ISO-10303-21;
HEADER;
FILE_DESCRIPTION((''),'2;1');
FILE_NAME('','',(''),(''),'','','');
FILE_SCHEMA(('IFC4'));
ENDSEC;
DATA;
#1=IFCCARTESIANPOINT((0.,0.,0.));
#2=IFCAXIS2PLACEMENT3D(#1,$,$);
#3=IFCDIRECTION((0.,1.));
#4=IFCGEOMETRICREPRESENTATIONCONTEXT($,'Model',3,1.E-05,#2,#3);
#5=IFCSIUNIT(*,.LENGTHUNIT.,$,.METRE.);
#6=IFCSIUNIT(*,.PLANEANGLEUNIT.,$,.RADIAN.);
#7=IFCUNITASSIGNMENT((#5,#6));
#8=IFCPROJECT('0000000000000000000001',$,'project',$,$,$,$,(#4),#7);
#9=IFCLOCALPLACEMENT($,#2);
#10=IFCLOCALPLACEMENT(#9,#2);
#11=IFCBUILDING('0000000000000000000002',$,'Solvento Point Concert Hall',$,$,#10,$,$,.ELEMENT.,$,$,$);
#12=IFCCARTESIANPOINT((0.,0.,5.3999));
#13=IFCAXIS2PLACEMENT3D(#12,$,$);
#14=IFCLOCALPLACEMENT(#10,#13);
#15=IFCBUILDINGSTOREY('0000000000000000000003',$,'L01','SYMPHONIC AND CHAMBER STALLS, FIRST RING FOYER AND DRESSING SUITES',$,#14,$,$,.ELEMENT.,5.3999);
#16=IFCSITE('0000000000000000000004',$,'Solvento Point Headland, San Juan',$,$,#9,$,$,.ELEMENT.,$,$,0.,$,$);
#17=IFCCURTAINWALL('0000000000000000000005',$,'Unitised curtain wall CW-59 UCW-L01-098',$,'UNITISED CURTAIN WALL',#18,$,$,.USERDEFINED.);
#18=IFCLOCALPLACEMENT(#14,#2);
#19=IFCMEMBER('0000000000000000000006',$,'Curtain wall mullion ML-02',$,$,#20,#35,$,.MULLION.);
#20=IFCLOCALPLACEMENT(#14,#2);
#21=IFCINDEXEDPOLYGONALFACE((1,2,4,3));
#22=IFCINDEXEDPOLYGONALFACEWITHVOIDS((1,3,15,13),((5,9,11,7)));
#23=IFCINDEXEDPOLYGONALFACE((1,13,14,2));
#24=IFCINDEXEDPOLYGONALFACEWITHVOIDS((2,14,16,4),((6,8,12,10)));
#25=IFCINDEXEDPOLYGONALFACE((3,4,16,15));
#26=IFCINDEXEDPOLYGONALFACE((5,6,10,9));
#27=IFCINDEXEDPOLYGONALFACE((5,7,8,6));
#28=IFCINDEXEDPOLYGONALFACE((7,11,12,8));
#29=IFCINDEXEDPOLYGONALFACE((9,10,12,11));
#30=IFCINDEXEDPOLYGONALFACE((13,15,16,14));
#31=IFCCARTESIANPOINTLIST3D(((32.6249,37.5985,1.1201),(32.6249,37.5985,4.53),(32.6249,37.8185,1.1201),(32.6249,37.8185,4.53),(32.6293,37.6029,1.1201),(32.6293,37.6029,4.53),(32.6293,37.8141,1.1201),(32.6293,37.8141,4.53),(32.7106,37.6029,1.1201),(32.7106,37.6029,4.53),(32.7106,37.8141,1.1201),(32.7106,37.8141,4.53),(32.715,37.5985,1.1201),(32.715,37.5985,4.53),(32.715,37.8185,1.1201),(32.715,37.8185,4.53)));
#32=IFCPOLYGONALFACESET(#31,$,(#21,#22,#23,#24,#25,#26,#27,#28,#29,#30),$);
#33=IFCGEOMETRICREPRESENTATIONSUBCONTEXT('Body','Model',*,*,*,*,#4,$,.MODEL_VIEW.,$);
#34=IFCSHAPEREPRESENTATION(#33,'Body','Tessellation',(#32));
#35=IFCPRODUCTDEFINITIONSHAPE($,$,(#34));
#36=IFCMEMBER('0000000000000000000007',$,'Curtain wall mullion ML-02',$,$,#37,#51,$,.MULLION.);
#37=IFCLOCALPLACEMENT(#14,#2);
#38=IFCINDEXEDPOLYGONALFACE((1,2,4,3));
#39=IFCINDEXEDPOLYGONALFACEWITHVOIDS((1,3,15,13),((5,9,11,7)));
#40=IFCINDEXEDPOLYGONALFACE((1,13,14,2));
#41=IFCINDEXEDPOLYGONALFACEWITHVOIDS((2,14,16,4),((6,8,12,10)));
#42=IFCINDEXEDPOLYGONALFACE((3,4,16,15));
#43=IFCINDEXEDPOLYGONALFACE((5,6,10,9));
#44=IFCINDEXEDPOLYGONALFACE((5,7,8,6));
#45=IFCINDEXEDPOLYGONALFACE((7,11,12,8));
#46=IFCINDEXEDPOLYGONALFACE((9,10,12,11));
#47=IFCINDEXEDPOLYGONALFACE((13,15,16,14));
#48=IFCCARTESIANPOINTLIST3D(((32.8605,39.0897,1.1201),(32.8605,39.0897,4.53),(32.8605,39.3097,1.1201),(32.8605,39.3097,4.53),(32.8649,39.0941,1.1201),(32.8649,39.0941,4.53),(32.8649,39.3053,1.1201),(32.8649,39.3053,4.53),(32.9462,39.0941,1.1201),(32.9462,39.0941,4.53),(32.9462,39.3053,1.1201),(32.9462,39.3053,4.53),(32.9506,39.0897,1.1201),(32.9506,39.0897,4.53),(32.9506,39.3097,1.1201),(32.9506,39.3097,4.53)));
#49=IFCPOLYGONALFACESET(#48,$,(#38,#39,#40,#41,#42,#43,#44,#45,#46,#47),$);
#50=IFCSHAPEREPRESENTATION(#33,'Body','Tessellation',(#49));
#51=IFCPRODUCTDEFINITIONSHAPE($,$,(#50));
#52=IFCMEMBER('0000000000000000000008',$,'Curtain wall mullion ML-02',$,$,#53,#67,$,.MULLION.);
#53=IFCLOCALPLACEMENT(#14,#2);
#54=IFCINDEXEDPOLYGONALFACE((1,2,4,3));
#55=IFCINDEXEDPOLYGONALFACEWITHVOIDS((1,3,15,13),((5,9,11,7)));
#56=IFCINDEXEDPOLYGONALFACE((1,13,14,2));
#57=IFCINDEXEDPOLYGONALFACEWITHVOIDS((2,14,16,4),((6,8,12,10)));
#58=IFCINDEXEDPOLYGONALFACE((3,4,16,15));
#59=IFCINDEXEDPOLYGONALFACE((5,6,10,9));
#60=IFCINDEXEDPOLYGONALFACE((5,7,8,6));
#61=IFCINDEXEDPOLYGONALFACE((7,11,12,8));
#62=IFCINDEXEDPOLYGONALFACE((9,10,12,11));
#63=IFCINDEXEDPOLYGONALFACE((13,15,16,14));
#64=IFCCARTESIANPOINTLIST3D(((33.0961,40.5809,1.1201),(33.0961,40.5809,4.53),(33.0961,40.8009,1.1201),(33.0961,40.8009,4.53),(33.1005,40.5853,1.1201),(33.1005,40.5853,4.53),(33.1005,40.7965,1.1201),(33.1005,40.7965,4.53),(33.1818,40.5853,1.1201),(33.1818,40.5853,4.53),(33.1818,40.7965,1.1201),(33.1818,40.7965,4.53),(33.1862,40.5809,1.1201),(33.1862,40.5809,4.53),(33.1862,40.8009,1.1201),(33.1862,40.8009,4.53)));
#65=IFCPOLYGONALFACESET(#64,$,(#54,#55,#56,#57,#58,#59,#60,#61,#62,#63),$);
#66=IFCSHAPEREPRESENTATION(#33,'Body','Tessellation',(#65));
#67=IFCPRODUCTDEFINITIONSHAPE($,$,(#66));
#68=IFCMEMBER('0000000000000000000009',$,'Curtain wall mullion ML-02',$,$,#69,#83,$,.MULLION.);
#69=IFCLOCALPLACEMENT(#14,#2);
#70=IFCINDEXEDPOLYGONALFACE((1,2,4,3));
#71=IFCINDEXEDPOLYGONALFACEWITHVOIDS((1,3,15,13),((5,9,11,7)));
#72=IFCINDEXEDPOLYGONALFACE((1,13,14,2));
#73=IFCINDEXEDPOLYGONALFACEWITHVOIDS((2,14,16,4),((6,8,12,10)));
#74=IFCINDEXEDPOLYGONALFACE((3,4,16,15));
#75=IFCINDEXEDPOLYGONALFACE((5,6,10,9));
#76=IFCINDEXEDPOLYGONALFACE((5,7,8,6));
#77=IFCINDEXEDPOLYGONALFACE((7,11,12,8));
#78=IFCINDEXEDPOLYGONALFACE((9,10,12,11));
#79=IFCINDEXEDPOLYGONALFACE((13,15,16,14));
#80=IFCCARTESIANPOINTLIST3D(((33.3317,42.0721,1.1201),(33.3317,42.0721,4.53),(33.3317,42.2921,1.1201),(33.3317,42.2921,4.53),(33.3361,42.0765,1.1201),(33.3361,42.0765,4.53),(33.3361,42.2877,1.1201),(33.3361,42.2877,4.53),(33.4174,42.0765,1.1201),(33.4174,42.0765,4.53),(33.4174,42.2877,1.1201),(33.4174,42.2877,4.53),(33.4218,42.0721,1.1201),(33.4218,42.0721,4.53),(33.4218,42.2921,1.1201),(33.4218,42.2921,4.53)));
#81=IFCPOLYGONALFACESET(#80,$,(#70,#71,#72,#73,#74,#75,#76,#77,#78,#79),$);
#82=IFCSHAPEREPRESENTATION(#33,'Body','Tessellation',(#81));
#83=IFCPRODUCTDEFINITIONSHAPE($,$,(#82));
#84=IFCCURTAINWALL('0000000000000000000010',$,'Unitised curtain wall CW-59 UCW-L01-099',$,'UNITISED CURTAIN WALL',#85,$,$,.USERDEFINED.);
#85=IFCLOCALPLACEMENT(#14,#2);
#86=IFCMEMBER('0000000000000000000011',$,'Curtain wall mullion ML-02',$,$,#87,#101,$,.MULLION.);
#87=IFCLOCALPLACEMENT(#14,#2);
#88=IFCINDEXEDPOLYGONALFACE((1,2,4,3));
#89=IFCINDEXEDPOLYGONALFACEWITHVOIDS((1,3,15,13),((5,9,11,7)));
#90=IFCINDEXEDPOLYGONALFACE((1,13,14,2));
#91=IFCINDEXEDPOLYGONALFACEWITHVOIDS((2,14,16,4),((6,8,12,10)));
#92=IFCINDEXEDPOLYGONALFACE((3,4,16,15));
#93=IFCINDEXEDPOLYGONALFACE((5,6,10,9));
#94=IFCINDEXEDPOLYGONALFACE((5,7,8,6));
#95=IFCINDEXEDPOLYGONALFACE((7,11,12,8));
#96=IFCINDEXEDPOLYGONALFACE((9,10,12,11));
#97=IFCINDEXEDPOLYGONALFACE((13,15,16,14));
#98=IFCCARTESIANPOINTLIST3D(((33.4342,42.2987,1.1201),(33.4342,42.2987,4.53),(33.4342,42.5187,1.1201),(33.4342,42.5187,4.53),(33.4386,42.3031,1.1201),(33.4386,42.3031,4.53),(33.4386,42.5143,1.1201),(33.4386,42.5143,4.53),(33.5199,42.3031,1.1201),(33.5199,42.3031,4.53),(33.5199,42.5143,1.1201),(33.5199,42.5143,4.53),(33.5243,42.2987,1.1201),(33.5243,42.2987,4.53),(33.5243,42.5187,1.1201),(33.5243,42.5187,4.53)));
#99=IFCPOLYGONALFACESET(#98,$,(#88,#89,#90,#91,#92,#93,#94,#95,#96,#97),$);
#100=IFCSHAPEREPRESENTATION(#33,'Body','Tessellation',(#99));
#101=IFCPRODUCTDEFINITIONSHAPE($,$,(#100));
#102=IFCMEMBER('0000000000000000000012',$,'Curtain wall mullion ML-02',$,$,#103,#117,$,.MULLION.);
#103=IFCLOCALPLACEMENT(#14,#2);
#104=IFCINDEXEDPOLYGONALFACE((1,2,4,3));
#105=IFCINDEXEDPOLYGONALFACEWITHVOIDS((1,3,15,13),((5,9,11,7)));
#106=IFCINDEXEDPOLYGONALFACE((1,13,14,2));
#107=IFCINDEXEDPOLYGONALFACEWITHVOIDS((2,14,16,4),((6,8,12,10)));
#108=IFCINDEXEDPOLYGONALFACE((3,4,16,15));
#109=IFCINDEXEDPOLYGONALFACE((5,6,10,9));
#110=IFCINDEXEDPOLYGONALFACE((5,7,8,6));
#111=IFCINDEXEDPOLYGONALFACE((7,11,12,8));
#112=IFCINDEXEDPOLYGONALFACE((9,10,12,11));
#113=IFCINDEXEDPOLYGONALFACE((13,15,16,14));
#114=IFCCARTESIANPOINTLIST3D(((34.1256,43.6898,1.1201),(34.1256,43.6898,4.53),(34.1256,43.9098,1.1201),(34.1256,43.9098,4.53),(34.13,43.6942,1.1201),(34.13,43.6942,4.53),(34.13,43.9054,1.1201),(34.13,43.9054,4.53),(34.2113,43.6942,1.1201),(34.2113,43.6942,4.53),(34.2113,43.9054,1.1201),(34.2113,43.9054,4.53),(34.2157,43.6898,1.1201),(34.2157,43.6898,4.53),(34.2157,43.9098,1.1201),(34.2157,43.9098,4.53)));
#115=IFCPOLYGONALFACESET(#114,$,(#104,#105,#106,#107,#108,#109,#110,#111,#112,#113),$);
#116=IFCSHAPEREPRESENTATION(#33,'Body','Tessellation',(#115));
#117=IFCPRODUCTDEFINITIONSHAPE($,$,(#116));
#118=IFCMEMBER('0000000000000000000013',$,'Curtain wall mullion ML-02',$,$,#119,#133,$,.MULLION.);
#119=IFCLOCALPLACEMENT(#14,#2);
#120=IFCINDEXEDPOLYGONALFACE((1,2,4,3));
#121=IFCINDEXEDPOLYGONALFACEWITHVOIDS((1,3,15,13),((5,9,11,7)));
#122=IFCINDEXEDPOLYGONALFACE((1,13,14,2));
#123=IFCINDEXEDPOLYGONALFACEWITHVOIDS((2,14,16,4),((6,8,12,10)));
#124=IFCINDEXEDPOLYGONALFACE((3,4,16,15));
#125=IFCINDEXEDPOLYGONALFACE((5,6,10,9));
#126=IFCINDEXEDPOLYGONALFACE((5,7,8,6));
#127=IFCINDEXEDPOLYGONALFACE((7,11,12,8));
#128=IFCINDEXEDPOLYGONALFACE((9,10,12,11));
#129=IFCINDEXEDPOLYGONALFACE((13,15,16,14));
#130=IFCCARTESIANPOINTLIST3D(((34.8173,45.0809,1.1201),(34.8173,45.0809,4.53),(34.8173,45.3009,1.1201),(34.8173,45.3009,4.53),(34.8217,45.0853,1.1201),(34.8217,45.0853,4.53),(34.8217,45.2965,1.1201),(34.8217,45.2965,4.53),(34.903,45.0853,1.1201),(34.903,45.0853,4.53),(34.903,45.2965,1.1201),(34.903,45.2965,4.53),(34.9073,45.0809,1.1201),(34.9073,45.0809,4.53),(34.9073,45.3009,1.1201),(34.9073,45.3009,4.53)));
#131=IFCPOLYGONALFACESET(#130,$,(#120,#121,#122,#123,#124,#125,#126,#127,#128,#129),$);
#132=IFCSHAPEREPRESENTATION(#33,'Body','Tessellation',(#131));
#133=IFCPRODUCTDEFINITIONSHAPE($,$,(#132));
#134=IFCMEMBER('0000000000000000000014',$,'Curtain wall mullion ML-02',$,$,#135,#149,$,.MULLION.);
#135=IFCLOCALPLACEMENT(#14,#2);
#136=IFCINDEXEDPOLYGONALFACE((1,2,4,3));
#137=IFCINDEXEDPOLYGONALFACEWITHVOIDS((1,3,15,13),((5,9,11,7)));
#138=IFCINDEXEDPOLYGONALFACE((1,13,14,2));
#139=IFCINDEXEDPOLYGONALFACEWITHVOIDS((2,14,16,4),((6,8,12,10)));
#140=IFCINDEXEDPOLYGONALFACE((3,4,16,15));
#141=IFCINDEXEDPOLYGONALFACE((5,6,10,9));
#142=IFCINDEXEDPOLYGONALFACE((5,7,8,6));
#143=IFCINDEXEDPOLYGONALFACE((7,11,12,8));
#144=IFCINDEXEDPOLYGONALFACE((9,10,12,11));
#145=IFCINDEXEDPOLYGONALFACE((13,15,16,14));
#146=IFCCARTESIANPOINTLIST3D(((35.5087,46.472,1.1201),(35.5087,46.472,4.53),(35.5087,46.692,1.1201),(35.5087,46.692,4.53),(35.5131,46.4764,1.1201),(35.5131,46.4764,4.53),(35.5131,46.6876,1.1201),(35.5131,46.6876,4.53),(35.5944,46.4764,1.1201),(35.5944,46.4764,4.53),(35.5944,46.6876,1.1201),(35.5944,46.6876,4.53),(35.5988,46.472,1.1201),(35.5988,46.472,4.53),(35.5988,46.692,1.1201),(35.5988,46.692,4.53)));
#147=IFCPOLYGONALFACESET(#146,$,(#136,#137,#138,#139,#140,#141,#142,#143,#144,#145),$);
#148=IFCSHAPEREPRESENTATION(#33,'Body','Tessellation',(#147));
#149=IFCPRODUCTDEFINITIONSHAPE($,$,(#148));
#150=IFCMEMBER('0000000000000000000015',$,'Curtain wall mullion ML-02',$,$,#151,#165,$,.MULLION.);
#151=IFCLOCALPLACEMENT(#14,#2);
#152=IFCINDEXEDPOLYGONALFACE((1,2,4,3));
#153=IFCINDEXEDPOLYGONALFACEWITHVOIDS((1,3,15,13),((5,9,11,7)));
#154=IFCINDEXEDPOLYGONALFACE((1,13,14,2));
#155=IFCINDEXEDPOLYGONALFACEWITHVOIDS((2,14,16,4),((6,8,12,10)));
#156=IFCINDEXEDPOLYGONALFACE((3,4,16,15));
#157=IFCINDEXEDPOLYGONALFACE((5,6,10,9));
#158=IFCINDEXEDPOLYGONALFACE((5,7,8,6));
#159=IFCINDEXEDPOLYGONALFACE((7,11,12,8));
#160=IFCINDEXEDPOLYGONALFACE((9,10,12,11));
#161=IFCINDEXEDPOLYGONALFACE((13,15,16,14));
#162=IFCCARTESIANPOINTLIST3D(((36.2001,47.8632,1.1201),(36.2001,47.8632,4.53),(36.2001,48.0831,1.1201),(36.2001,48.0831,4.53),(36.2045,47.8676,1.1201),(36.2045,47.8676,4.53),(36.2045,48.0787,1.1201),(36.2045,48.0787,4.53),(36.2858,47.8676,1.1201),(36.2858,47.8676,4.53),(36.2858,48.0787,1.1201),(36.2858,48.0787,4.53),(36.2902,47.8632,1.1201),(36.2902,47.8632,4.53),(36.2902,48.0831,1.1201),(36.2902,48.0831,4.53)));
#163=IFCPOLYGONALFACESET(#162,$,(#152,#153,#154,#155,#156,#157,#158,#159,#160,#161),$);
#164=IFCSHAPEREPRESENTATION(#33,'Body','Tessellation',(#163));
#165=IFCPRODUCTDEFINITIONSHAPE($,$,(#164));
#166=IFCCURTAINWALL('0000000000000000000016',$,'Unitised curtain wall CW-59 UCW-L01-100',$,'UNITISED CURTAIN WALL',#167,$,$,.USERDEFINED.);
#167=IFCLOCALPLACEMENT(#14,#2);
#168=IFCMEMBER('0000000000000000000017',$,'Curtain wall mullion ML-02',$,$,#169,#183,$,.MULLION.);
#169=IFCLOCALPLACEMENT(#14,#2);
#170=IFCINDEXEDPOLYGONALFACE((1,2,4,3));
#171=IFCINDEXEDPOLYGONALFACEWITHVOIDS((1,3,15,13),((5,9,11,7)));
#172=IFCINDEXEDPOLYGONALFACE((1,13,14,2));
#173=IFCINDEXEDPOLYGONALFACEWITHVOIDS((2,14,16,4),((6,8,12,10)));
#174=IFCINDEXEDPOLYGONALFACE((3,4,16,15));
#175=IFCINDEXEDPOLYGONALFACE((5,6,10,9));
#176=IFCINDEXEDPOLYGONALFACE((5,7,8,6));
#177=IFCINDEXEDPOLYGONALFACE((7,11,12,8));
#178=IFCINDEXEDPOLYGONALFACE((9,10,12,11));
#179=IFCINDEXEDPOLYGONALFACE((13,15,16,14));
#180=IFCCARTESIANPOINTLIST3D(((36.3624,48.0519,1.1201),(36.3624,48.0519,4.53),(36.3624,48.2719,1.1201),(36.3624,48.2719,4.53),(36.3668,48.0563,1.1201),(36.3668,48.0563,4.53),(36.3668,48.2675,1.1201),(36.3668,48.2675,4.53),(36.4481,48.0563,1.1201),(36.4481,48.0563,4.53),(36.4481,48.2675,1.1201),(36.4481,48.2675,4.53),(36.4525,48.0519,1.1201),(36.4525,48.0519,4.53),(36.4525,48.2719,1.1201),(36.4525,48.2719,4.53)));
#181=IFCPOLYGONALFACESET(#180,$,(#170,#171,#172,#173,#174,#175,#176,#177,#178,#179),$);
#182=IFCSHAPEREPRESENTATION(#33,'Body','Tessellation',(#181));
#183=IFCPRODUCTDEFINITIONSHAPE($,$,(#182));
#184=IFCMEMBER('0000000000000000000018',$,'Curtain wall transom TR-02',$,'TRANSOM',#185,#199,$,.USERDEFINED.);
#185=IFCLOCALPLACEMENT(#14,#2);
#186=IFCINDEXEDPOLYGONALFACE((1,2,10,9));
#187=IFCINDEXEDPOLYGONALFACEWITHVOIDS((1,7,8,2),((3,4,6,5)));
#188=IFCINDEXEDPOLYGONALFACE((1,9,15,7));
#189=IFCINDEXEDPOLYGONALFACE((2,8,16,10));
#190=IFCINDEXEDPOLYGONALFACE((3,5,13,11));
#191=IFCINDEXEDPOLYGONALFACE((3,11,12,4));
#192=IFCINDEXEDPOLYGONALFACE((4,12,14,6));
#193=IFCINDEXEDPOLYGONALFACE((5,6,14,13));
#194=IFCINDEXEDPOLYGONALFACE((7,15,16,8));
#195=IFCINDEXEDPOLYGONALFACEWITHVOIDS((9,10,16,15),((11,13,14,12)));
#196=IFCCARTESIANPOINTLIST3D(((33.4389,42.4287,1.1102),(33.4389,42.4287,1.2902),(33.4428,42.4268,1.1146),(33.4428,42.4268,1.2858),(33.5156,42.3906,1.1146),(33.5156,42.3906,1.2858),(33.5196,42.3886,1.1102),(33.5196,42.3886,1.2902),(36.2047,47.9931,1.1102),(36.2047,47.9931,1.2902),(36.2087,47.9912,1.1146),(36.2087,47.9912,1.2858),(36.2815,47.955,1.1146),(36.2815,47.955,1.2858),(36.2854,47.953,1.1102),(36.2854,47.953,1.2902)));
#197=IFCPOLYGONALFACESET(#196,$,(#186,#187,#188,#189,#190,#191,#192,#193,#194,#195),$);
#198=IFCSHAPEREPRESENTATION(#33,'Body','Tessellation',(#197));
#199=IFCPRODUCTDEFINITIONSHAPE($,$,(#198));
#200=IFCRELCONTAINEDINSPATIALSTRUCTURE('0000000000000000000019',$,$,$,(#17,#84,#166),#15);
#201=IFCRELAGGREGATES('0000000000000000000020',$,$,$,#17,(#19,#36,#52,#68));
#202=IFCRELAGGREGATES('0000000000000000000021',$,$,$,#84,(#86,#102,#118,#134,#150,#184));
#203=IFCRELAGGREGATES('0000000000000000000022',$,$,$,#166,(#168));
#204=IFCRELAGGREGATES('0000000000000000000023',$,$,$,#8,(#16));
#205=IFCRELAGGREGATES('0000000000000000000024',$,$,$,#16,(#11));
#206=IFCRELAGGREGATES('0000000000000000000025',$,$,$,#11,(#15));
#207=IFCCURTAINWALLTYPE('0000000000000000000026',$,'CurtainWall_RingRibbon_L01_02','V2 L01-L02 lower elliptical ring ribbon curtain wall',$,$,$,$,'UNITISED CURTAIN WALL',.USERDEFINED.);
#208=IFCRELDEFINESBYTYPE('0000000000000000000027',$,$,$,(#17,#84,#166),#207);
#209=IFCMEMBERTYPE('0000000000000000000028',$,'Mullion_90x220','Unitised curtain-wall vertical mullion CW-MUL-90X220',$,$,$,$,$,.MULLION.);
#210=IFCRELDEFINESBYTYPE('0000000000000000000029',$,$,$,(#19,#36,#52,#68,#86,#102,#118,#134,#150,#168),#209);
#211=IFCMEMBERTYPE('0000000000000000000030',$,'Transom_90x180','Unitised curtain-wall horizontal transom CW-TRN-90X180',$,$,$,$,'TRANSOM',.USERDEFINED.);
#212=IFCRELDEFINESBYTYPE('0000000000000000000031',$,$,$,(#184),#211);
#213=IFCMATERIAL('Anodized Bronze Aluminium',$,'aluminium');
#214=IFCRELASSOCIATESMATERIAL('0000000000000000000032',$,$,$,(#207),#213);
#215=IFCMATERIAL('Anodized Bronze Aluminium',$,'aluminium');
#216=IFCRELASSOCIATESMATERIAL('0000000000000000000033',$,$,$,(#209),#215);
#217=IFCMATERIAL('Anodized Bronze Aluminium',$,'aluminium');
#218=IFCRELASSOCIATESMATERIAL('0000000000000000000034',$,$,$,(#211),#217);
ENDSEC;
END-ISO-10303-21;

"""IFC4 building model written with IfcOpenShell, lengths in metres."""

from ifc_helpers import new_model, si_unit, direction, frame, origin, origin_2d, place, context, subcontext, project, spatial, hollow_rectangle, extrude, material, material_profile, profile_set, type_object, element, aggregate, save


model = new_model("IFC4")

# Units and contexts
model_context = context("Model", 3, precision=1e-05, world=origin(), true_north=direction((0.0, 1.0)))
body_context = subcontext(model_context, "Body", "Model", "MODEL_VIEW")
ifc_project = project(units=[si_unit("LENGTHUNIT", "METRE"), si_unit("PLANEANGLEUNIT", "RADIAN")], contexts=[model_context])

# Site, building, storey
site_placement = place(None, origin())
site = spatial("IfcSite", under=ifc_project, at=site_placement, Name="Solvento Point Headland, San Juan", CompositionType="ELEMENT", RefElevation=0.0)
building_placement = place(site_placement, origin())
building = spatial("IfcBuilding", under=site, at=building_placement, Name="Solvento Point Concert Hall", CompositionType="ELEMENT")
storey_placement = place(building_placement, frame((0.0, 0.0, 5.3999)))
storey = spatial("IfcBuildingStorey", under=building, at=storey_placement, Name="L01", Description="SYMPHONIC AND CHAMBER STALLS, FIRST RING FOYER AND DRESSING SUITES", CompositionType="ELEMENT", Elevation=5.3999)

# Curtain walls, members
ifc_material_1 = material(Name="Anodized Bronze Aluminium", Category="aluminium")
curtain_wall_type = type_object("IfcCurtainWallType", Name="CurtainWall_RingRibbon_L01_02", Description="V2 L01-L02 lower elliptical ring ribbon curtain wall", ElementType="UNITISED CURTAIN WALL", PredefinedType="USERDEFINED", material=ifc_material_1)
curtain_wall_1_placement = place(storey_placement, origin())
curtain_wall_1 = element("IfcCurtainWall", 1, at=curtain_wall_1_placement, inside=storey, type_object=curtain_wall_type, Name="Unitised curtain wall CW-59 UCW-L01-098", ObjectType="UNITISED CURTAIN WALL", PredefinedType="USERDEFINED")
ifc_material_2 = material(Name="Anodized Bronze Aluminium", Category="aluminium")
ifc_material_profile_1 = material_profile(ifc_material_2, hollow_rectangle(XDim=0.0901, YDim=0.22, WallThickness=0.0044, at=origin_2d()), Name="CW-MUL-90X220")
ifc_profile_set_1 = profile_set([ifc_material_profile_1], Name="Anodized Bronze Aluminium")
member_type_1 = type_object("IfcMemberType", Name="Mullion_90x220", Description="Unitised curtain-wall vertical mullion CW-MUL-90X220", PredefinedType="MULLION", material=ifc_profile_set_1)
member_1_placement = place(storey_placement, frame((32.6699, 37.7085, 1.1201), z_axis=(0.0, 0.0, 1.0), x_axis=(1.0, 0.0, 0.0)))
member_1 = element("IfcMember", 2, at=member_1_placement, type_object=member_type_1, Name="Curtain wall mullion ML-02", PredefinedType="MULLION", context=body_context, shape_type="SweptSolid", body=[
    extrude(hollow_rectangle(XDim=0.0901, YDim=0.22, WallThickness=0.0044, at=origin_2d()), origin(), (0.0, 0.0, 1.0), 3.4099),
])
member_2_placement = place(storey_placement, frame((32.9055, 39.1997, 1.1201), z_axis=(0.0, 0.0, 1.0), x_axis=(1.0, 0.0, 0.0)))
member_2 = element("IfcMember", 3, at=member_2_placement, type_object=member_type_1, Name="Curtain wall mullion ML-02", PredefinedType="MULLION", context=body_context, shape_type="SweptSolid", body=[
    extrude(hollow_rectangle(XDim=0.0901, YDim=0.22, WallThickness=0.0044, at=origin_2d()), origin(), (0.0, 0.0, 1.0), 3.4099),
])
member_3_placement = place(storey_placement, frame((33.1411, 40.6909, 1.1201), z_axis=(0.0, 0.0, 1.0), x_axis=(1.0, 0.0, 0.0)))
member_3 = element("IfcMember", 4, at=member_3_placement, type_object=member_type_1, Name="Curtain wall mullion ML-02", PredefinedType="MULLION", context=body_context, shape_type="SweptSolid", body=[
    extrude(hollow_rectangle(XDim=0.0901, YDim=0.22, WallThickness=0.0044, at=origin_2d()), origin(), (0.0, 0.0, 1.0), 3.4099),
])
member_4_placement = place(storey_placement, frame((33.3767, 42.1821, 1.1201), z_axis=(0.0, 0.0, 1.0), x_axis=(1.0, 0.0, 0.0)))
member_4 = element("IfcMember", 5, at=member_4_placement, type_object=member_type_1, Name="Curtain wall mullion ML-02", PredefinedType="MULLION", context=body_context, shape_type="SweptSolid", body=[
    extrude(hollow_rectangle(XDim=0.0901, YDim=0.22, WallThickness=0.0044, at=origin_2d()), origin(), (0.0, 0.0, 1.0), 3.4099),
])
curtain_wall_2_placement = place(storey_placement, origin())
curtain_wall_2 = element("IfcCurtainWall", 6, at=curtain_wall_2_placement, inside=storey, type_object=curtain_wall_type, Name="Unitised curtain wall CW-59 UCW-L01-099", ObjectType="UNITISED CURTAIN WALL", PredefinedType="USERDEFINED")
member_5_placement = place(storey_placement, frame((33.4792, 42.4087, 1.1201), z_axis=(0.0, 0.0, 1.0), x_axis=(1.0, 0.0, 0.0)))
member_5 = element("IfcMember", 7, at=member_5_placement, type_object=member_type_1, Name="Curtain wall mullion ML-02", PredefinedType="MULLION", context=body_context, shape_type="SweptSolid", body=[
    extrude(hollow_rectangle(XDim=0.0901, YDim=0.22, WallThickness=0.0044, at=origin_2d()), origin(), (0.0, 0.0, 1.0), 3.4099),
])
member_6_placement = place(storey_placement, frame((34.1707, 43.7998, 1.1201), z_axis=(0.0, 0.0, 1.0), x_axis=(1.0, 0.0, 0.0)))
member_6 = element("IfcMember", 8, at=member_6_placement, type_object=member_type_1, Name="Curtain wall mullion ML-02", PredefinedType="MULLION", context=body_context, shape_type="SweptSolid", body=[
    extrude(hollow_rectangle(XDim=0.0901, YDim=0.22, WallThickness=0.0044, at=origin_2d()), origin(), (0.0, 0.0, 1.0), 3.4099),
])
member_7_placement = place(storey_placement, frame((34.8623, 45.1909, 1.1201), z_axis=(0.0, 0.0, 1.0), x_axis=(1.0, 0.0, 0.0)))
member_7 = element("IfcMember", 9, at=member_7_placement, type_object=member_type_1, Name="Curtain wall mullion ML-02", PredefinedType="MULLION", context=body_context, shape_type="SweptSolid", body=[
    extrude(hollow_rectangle(XDim=0.0901, YDim=0.22, WallThickness=0.0044, at=origin_2d()), origin(), (0.0, 0.0, 1.0), 3.4099),
])
member_8_placement = place(storey_placement, frame((35.5537, 46.582, 1.1201), z_axis=(0.0, 0.0, 1.0), x_axis=(1.0, 0.0, 0.0)))
member_8 = element("IfcMember", 10, at=member_8_placement, type_object=member_type_1, Name="Curtain wall mullion ML-02", PredefinedType="MULLION", context=body_context, shape_type="SweptSolid", body=[
    extrude(hollow_rectangle(XDim=0.0901, YDim=0.22, WallThickness=0.0044, at=origin_2d()), origin(), (0.0, 0.0, 1.0), 3.4099),
])
member_9_placement = place(storey_placement, frame((36.2451, 47.9731, 1.1201), z_axis=(0.0, 0.0, 1.0), x_axis=(1.0, 0.0, 0.0)))
member_9 = element("IfcMember", 11, at=member_9_placement, type_object=member_type_1, Name="Curtain wall mullion ML-02", PredefinedType="MULLION", context=body_context, shape_type="SweptSolid", body=[
    extrude(hollow_rectangle(XDim=0.0901, YDim=0.22, WallThickness=0.0044, at=origin_2d()), origin(), (0.0, 0.0, 1.0), 3.4099),
])

# Curtain wall, member
curtain_wall_3_placement = place(storey_placement, origin())
curtain_wall_3 = element("IfcCurtainWall", 12, at=curtain_wall_3_placement, inside=storey, type_object=curtain_wall_type, Name="Unitised curtain wall CW-59 UCW-L01-100", ObjectType="UNITISED CURTAIN WALL", PredefinedType="USERDEFINED")
member_10_placement = place(storey_placement, frame((36.4075, 48.1619, 1.1201), z_axis=(0.0, 0.0, 1.0), x_axis=(1.0, 0.0, 0.0)))
member_10 = element("IfcMember", 13, at=member_10_placement, type_object=member_type_1, Name="Curtain wall mullion ML-02", PredefinedType="MULLION", context=body_context, shape_type="SweptSolid", body=[
    extrude(hollow_rectangle(XDim=0.0901, YDim=0.22, WallThickness=0.0044, at=origin_2d()), origin(), (0.0, 0.0, 1.0), 3.4099),
])

# Member
ifc_material_3 = material(Name="Anodized Bronze Aluminium", Category="aluminium")
ifc_material_profile_2 = material_profile(ifc_material_3, hollow_rectangle(XDim=0.0901, YDim=0.1799, WallThickness=0.0044, at=origin_2d()), Name="CW-TRN-90X180")
ifc_profile_set_2 = profile_set([ifc_material_profile_2], Name="Anodized Bronze Aluminium")
member_type_2 = type_object("IfcMemberType", Name="Transom_90x180", Description="Unitised curtain-wall horizontal transom CW-TRN-90X180", ElementType="TRANSOM", PredefinedType="USERDEFINED", material=ifc_profile_set_2)
member_11_placement = place(storey_placement, frame((33.4792, 42.4087, 1.2002), z_axis=(0.445106, 0.895478, 0.0), x_axis=(-0.895478, 0.445106, 0.0)))
member_11 = element("IfcMember", 14, at=member_11_placement, type_object=member_type_2, Name="Curtain wall transom TR-02", ObjectType="TRANSOM", PredefinedType="USERDEFINED", context=body_context, shape_type="SweptSolid", body=[
    extrude(hollow_rectangle(XDim=0.0901, YDim=0.1799, WallThickness=0.0044, at=origin_2d()), origin(), (0.0, 0.0, 1.0), 6.2139),
])

aggregate(curtain_wall_1, [member_1, member_2, member_3, member_4])
aggregate(curtain_wall_2, [member_5, member_6, member_7, member_8, member_9, member_11])
aggregate(curtain_wall_3, [member_10])

save(model, "model.ifc")
